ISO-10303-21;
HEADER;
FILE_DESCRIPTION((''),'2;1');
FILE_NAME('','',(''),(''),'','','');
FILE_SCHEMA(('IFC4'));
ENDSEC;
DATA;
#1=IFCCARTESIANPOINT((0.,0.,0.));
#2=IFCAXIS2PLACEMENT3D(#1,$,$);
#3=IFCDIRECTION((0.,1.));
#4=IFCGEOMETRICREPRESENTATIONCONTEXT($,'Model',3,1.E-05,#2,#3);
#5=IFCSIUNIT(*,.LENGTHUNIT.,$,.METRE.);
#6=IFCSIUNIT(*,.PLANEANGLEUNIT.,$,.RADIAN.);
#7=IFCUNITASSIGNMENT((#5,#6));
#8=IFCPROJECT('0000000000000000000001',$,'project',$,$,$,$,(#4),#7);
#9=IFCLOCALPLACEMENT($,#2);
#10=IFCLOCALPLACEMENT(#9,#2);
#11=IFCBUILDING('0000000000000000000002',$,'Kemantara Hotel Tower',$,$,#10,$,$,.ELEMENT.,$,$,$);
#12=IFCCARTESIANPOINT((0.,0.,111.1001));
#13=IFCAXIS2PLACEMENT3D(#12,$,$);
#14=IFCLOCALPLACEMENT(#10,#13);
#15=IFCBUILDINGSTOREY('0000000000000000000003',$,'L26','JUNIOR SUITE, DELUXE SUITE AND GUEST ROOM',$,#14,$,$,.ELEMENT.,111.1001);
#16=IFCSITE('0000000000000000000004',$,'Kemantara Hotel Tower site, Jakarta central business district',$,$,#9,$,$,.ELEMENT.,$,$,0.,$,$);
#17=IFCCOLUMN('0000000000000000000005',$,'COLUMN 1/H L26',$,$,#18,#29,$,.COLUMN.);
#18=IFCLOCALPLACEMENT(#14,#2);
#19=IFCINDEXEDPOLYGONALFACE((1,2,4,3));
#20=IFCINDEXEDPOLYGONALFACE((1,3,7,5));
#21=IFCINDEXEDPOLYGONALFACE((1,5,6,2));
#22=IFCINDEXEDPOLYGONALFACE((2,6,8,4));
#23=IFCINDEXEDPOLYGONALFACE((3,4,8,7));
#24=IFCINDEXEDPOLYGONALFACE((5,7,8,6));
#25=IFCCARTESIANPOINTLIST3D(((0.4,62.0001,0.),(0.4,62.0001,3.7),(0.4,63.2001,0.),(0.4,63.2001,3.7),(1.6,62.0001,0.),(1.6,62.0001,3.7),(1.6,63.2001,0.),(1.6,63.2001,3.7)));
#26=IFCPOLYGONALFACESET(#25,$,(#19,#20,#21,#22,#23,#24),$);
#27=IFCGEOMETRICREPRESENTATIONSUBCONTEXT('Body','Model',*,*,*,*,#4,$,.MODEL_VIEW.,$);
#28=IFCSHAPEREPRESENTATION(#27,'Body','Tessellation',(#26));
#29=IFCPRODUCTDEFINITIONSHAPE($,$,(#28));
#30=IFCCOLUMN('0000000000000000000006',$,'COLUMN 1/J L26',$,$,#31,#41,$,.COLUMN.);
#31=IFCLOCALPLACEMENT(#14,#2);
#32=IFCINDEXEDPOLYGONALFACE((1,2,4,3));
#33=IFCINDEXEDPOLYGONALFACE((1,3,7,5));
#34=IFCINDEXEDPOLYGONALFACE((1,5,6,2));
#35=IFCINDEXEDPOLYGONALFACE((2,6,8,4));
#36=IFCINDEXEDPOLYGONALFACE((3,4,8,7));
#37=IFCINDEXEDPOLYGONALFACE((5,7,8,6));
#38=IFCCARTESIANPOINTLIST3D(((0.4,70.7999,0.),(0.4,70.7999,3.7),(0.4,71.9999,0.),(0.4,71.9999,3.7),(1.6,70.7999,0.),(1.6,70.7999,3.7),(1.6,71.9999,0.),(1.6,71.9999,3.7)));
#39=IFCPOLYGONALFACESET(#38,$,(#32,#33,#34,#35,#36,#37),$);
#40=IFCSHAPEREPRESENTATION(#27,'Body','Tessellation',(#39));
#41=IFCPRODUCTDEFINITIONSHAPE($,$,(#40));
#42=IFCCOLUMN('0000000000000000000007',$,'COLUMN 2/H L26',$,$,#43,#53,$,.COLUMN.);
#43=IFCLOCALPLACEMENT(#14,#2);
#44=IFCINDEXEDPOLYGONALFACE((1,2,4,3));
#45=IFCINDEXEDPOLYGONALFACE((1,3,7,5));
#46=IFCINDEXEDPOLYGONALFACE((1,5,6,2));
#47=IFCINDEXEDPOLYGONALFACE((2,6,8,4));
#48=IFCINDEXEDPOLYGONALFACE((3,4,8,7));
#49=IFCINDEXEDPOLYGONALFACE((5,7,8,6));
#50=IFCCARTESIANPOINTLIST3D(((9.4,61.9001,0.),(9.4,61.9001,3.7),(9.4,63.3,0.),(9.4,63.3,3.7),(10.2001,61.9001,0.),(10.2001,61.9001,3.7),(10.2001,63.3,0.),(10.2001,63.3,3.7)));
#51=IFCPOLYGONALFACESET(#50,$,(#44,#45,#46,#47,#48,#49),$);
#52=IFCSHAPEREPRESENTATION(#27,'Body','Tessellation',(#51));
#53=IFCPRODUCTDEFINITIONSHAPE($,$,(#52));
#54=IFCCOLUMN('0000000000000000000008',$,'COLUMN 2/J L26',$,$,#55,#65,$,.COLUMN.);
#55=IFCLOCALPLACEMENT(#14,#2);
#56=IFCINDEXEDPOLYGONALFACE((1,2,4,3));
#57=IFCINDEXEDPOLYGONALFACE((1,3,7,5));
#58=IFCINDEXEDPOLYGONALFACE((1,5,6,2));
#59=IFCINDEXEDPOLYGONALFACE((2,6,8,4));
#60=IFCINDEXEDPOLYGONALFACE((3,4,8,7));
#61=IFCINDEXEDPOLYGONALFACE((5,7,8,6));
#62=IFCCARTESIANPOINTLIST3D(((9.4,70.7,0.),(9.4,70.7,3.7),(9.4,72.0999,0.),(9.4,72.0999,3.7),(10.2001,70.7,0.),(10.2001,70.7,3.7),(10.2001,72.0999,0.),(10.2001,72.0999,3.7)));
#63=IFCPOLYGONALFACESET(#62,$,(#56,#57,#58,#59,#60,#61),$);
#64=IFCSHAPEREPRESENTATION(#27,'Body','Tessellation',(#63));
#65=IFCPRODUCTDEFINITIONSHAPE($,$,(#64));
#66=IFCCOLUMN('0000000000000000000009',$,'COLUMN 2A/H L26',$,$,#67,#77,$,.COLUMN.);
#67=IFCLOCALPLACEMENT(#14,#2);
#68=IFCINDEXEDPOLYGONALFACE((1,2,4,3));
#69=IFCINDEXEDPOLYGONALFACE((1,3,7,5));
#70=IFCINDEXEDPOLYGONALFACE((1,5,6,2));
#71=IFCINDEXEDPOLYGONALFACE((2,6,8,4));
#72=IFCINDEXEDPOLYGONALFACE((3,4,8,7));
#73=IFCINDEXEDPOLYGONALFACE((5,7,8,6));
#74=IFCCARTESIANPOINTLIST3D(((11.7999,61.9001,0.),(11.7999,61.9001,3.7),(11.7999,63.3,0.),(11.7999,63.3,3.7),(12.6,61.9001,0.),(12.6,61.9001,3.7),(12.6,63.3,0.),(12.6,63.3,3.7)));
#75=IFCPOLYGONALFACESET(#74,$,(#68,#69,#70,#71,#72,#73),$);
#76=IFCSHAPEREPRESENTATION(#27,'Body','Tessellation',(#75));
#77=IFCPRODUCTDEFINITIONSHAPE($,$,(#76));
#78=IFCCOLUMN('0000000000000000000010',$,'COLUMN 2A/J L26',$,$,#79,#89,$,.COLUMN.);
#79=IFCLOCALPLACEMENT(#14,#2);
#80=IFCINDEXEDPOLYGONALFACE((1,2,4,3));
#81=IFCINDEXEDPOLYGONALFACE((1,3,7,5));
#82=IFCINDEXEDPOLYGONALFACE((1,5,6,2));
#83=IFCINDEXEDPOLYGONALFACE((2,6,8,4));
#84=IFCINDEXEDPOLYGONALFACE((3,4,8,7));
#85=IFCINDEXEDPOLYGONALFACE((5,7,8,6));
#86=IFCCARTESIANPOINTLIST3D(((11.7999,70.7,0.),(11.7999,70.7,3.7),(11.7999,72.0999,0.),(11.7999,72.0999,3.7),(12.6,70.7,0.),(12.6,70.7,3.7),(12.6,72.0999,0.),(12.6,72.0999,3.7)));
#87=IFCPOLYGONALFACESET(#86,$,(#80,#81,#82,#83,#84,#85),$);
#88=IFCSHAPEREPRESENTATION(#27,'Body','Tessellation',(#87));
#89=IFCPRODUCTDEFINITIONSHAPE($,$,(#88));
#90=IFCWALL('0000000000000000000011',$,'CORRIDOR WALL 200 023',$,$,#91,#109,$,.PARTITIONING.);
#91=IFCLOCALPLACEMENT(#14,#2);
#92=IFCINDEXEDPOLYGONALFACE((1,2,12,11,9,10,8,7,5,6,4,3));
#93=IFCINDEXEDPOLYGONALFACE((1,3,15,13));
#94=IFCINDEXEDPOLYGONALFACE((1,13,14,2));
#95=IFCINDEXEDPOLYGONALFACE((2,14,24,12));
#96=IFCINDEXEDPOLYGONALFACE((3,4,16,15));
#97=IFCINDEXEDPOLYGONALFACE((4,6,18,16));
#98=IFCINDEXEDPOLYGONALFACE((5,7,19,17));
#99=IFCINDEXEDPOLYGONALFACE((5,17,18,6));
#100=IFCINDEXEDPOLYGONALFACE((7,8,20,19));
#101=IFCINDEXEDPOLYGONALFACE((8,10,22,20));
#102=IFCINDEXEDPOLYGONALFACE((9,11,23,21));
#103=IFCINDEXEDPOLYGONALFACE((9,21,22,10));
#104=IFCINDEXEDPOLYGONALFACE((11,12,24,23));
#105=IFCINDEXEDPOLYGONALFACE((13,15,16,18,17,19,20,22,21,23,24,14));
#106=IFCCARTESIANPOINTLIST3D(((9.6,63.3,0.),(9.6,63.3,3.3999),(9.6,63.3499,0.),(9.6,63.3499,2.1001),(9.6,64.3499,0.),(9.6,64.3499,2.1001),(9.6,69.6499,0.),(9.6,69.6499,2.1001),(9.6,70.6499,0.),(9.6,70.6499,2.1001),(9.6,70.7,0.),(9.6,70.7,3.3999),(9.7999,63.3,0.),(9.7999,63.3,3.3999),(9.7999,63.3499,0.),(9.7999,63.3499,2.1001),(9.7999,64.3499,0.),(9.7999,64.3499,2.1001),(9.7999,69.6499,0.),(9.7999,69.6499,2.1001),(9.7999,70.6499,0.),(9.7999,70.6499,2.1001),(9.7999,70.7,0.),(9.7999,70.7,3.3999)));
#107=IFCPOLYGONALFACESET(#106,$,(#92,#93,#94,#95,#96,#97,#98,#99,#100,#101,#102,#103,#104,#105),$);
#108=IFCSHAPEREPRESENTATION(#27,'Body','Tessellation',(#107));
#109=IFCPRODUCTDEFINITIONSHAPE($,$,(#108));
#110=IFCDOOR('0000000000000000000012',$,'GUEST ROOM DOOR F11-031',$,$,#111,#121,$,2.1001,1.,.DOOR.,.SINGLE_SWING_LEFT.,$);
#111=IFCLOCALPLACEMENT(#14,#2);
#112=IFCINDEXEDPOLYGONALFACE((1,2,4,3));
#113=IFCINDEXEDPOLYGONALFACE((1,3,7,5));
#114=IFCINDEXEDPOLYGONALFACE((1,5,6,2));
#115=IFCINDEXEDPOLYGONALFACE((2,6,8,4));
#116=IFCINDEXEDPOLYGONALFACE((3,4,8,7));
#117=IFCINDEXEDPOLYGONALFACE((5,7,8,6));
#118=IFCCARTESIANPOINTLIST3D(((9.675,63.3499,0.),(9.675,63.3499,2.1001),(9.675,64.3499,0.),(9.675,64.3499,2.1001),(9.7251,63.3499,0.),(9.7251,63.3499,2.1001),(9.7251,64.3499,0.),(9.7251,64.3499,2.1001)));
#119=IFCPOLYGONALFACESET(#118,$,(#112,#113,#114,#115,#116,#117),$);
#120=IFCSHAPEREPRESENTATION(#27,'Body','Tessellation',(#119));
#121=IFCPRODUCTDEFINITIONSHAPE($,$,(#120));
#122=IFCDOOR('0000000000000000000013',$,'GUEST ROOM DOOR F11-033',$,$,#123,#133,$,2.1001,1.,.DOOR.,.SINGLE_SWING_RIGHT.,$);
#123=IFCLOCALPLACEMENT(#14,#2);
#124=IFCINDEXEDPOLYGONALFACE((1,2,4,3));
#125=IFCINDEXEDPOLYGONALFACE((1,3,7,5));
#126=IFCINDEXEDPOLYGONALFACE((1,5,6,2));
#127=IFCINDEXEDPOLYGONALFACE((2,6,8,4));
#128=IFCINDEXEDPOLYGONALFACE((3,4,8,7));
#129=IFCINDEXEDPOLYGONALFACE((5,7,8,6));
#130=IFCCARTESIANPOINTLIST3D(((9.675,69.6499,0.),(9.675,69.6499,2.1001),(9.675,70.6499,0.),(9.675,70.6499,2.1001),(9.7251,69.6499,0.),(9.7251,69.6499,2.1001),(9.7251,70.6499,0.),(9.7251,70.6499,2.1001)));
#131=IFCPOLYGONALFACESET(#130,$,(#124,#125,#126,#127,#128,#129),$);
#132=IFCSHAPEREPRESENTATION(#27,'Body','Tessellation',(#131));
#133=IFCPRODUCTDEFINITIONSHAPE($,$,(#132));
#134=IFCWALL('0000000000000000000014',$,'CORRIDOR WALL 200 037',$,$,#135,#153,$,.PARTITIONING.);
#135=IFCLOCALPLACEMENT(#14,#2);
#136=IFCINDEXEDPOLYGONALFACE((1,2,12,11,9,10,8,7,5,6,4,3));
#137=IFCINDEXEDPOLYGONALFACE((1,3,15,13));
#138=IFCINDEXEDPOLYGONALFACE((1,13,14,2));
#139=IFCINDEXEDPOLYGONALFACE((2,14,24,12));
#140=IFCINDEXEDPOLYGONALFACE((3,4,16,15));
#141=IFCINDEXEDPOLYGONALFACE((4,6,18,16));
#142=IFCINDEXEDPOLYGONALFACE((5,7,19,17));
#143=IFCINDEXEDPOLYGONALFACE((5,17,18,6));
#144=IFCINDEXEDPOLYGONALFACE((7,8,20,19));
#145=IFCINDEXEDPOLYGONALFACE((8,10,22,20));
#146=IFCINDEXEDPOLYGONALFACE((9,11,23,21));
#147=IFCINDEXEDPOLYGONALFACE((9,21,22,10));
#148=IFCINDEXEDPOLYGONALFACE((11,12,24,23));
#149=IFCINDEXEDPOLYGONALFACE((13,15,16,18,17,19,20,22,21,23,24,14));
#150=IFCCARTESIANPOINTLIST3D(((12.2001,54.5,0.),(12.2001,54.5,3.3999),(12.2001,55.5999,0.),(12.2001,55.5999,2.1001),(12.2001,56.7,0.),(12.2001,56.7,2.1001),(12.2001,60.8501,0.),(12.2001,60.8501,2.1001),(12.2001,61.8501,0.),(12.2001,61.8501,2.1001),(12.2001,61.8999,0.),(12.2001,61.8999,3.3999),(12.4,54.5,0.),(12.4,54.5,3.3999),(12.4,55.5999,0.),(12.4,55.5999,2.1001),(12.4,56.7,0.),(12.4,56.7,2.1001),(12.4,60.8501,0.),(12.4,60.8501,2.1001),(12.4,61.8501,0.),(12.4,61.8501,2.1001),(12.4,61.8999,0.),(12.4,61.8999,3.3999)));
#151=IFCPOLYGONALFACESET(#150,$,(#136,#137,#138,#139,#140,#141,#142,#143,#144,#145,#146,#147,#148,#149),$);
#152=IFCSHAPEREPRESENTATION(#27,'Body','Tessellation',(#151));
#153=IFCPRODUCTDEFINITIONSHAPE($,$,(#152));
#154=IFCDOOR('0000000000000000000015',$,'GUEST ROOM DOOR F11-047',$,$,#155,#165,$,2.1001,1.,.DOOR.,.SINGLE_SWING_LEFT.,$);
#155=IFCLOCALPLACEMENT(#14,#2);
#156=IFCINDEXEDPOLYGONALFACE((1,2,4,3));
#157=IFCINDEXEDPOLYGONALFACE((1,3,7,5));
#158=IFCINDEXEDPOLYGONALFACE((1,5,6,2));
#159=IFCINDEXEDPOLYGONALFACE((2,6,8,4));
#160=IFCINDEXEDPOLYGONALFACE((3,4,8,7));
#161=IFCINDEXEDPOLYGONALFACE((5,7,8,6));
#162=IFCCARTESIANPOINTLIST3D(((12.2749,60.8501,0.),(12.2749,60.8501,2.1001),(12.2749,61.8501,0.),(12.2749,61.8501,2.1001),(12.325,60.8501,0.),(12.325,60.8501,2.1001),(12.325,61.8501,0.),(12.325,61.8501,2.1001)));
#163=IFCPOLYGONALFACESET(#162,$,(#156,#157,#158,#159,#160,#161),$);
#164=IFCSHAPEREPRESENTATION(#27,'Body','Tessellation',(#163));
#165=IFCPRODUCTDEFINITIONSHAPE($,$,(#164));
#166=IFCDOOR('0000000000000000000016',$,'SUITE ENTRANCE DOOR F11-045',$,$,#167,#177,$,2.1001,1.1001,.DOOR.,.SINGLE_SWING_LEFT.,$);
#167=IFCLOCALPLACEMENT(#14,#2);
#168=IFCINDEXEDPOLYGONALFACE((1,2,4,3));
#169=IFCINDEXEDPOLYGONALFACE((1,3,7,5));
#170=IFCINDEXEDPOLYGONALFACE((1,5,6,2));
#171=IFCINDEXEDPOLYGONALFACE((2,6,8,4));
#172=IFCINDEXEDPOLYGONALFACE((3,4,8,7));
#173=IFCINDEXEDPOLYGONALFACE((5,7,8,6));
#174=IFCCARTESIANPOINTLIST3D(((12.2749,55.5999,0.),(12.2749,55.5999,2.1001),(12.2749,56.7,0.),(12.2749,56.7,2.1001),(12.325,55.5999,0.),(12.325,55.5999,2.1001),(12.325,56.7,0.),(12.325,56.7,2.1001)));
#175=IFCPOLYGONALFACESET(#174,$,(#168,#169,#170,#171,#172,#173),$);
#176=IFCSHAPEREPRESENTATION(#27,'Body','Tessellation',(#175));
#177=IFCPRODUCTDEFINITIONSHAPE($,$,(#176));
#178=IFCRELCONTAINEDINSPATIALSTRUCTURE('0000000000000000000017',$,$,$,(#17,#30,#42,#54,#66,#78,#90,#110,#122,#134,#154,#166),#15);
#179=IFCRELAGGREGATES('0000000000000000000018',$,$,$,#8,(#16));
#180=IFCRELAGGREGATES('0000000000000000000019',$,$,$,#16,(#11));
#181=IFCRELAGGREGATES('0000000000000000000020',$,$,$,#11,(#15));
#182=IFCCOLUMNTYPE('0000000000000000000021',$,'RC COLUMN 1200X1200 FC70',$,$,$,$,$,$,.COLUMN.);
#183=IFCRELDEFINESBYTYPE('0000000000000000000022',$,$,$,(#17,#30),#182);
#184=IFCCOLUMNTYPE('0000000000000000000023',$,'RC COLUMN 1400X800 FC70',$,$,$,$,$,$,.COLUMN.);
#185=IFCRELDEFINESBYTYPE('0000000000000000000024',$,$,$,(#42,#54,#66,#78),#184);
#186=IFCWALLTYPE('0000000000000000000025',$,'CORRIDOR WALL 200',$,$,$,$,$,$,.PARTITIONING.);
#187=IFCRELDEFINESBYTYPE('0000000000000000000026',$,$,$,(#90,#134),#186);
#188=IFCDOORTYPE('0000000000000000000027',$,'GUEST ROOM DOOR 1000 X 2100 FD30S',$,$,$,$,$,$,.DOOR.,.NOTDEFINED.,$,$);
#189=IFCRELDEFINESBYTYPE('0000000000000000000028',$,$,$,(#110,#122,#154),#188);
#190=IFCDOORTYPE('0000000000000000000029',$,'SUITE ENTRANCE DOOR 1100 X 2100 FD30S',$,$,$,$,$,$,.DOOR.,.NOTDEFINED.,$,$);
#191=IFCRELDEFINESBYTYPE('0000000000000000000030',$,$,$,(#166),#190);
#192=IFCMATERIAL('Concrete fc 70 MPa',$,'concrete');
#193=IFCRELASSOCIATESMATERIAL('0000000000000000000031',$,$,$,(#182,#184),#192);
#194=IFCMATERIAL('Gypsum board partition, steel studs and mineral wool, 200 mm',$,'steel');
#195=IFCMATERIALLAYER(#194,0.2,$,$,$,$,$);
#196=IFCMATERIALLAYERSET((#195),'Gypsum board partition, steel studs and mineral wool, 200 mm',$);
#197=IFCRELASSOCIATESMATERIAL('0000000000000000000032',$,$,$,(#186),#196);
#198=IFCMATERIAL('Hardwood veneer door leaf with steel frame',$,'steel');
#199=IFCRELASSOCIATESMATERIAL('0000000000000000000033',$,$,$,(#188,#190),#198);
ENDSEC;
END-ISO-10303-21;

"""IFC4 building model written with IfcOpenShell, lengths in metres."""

from ifc_helpers import new_model, si_unit, direction, frame, frame_2d, origin, origin_2d, place, context, subcontext, project, spatial, rectangle, extrude, material, layer, layer_set, material_profile, profile_set, type_object, element, fill, save


model = new_model("IFC4")

# Units and contexts
model_context = context("Model", 3, precision=1e-05, world=origin(), true_north=direction((0.0, 1.0)))
body_context = subcontext(model_context, "Body", "Model", "MODEL_VIEW")
ifc_project = project(units=[si_unit("LENGTHUNIT", "METRE"), si_unit("PLANEANGLEUNIT", "RADIAN")], contexts=[model_context])

# Site, building, storey
site_placement = place(None, origin())
site = spatial("IfcSite", under=ifc_project, at=site_placement, Name="Kemantara Hotel Tower site, Jakarta central business district", CompositionType="ELEMENT", RefElevation=0.0)
building_placement = place(site_placement, origin())
building = spatial("IfcBuilding", under=site, at=building_placement, Name="Kemantara Hotel Tower", CompositionType="ELEMENT")
storey_placement = place(building_placement, frame((0.0, 0.0, 111.1001)))
storey = spatial("IfcBuildingStorey", under=building, at=storey_placement, Name="L26", Description="JUNIOR SUITE, DELUXE SUITE AND GUEST ROOM", CompositionType="ELEMENT", Elevation=111.1001)

# Columns
ifc_material_1 = material(Name="Concrete fc 70 MPa", Category="concrete")
ifc_material_profile_1 = material_profile(ifc_material_1, rectangle(XDim=1.2, YDim=1.2, at=origin_2d()), Name="RC 1200X1200")
ifc_profile_set_1 = profile_set([ifc_material_profile_1], Name="Concrete fc 70 MPa")
column_type_1 = type_object("IfcColumnType", Name="RC COLUMN 1200X1200 FC70", PredefinedType="COLUMN", material=ifc_profile_set_1)
for number, where, z_axis, x_axis, name in (
    (1, (1.0, 62.6001, 0.0), (0.0, 0.0, 1.0), (1.0, 0.0, 0.0), "COLUMN 1/H L26"),
    (2, (1.0, 71.3999, 0.0), (0.0, 0.0, 1.0), (1.0, 0.0, 0.0), "COLUMN 1/J L26"),
):
    element("IfcColumn", number, at=place(storey_placement, frame(where, z_axis=z_axis, x_axis=x_axis)), inside=storey, type_object=column_type_1, Name=name, PredefinedType="COLUMN", context=body_context, shape_type="SweptSolid", body=[
        extrude(rectangle(XDim=1.2, YDim=1.2, at=origin_2d()), origin(), (0.0, 0.0, 1.0), 3.7),
    ])
ifc_material_profile_2 = material_profile(ifc_material_1, rectangle(XDim=1.3999, YDim=0.8, at=origin_2d()), Name="RC 1400X800")
ifc_profile_set_2 = profile_set([ifc_material_profile_2], Name="Concrete fc 70 MPa")
column_type_2 = type_object("IfcColumnType", Name="RC COLUMN 1400X800 FC70", PredefinedType="COLUMN", material=ifc_profile_set_2)
for number, where, z_axis, x_axis, name in (
    (3, (9.8, 62.6001, 0.0), (0.0, 0.0, 1.0), (0.0, 1.0, 0.0), "COLUMN 2/H L26"),
    (4, (9.8, 71.3999, 0.0), (0.0, 0.0, 1.0), (0.0, 1.0, 0.0), "COLUMN 2/J L26"),
    (5, (12.2, 62.6001, 0.0), (0.0, 0.0, 1.0), (0.0, 1.0, 0.0), "COLUMN 2A/H L26"),
    (6, (12.2, 71.3999, 0.0), (0.0, 0.0, 1.0), (0.0, 1.0, 0.0), "COLUMN 2A/J L26"),
):
    element("IfcColumn", number, at=place(storey_placement, frame(where, z_axis=z_axis, x_axis=x_axis)), inside=storey, type_object=column_type_2, Name=name, PredefinedType="COLUMN", context=body_context, shape_type="SweptSolid", body=[
        extrude(rectangle(XDim=1.3999, YDim=0.8, at=origin_2d()), origin(), (0.0, 0.0, 1.0), 3.7),
    ])

# Walls, openings, doors
ifc_material_2 = material(Name="Gypsum board partition, steel studs and mineral wool, 200 mm", Category="steel")
ifc_layer_1 = layer(ifc_material_2, 0.2)
ifc_layer_set_1 = layer_set([ifc_layer_1], Name="Gypsum board partition, steel studs and mineral wool, 200 mm")
wall_type_1 = type_object("IfcWallType", Name="CORRIDOR WALL 200", PredefinedType="PARTITIONING", material=ifc_layer_set_1)
wall_1_placement = place(storey_placement, frame((9.7, 63.3, 0.0), z_axis=(0.0, 0.0, 1.0), x_axis=(0.0, 1.0, 0.0)))
wall_1 = element("IfcWall", 7, at=wall_1_placement, inside=storey, type_object=wall_type_1, Name="CORRIDOR WALL 200 023", PredefinedType="PARTITIONING", context=body_context, shape_type="SweptSolid", body=[
    extrude(rectangle(XDim=7.3999, YDim=0.2, at=frame_2d((3.7, 0.0))), origin(), (0.0, 0.0, 1.0), 3.3999),
])
opening_1_placement = place(wall_1_placement, frame((0.0498, 0.0, 0.0)))
opening_1 = element("IfcOpeningElement", 8, at=opening_1_placement, cuts=wall_1, PredefinedType="OPENING", context=body_context, shape_type="SweptSolid", body=[
    extrude(rectangle(XDim=1.0, YDim=2.1001, at=frame_2d((0.5, 1.05))), frame((0.0, 0.1099, 0.0), z_axis=(0.0, -1.0, 0.0), x_axis=(1.0, 0.0, 0.0)), (0.0, 0.0, 1.0), 0.22),
])
opening_2_placement = place(wall_1_placement, frame((6.3499, 0.0, 0.0)))
opening_2 = element("IfcOpeningElement", 9, at=opening_2_placement, cuts=wall_1, PredefinedType="OPENING", context=body_context, shape_type="SweptSolid", body=[
    extrude(rectangle(XDim=1.0, YDim=2.1001, at=frame_2d((0.5, 1.05))), frame((0.0, 0.1099, 0.0), z_axis=(0.0, -1.0, 0.0), x_axis=(1.0, 0.0, 0.0)), (0.0, 0.0, 1.0), 0.22),
])
ifc_material_3 = material(Name="Hardwood veneer door leaf with steel frame", Category="steel")
door_type_1 = type_object("IfcDoorType", Name="GUEST ROOM DOOR 1000 X 2100 FD30S", OperationType="NOTDEFINED", PredefinedType="DOOR", material=ifc_material_3)
door_1_placement = place(opening_1_placement, origin())
door_1 = element("IfcDoor", 10, at=door_1_placement, inside=storey, type_object=door_type_1, Name="GUEST ROOM DOOR F11-031", OperationType="SINGLE_SWING_LEFT", OverallHeight=2.1001, OverallWidth=1.0, PredefinedType="DOOR", context=body_context, shape_type="SweptSolid", body=[
    extrude(rectangle(XDim=1.0, YDim=2.1001, at=frame_2d((0.5, 1.05))), frame((0.0, 0.0249, 0.0), z_axis=(0.0, -1.0, 0.0), x_axis=(1.0, 0.0, 0.0)), (0.0, 0.0, 1.0), 0.05),
])
fill(opening_1, door_1)
door_2_placement = place(opening_2_placement, origin())
door_2 = element("IfcDoor", 11, at=door_2_placement, inside=storey, type_object=door_type_1, Name="GUEST ROOM DOOR F11-033", OperationType="SINGLE_SWING_RIGHT", OverallHeight=2.1001, OverallWidth=1.0, PredefinedType="DOOR", context=body_context, shape_type="SweptSolid", body=[
    extrude(rectangle(XDim=1.0, YDim=2.1001, at=frame_2d((0.5, 1.05))), frame((0.0, 0.0249, 0.0), z_axis=(0.0, -1.0, 0.0), x_axis=(1.0, 0.0, 0.0)), (0.0, 0.0, 1.0), 0.05),
])
fill(opening_2, door_2)
wall_2_placement = place(storey_placement, frame((12.3, 61.8999, 0.0), z_axis=(0.0, 0.0, 1.0), x_axis=(0.0, -1.0, 0.0)))
wall_2 = element("IfcWall", 12, at=wall_2_placement, inside=storey, type_object=wall_type_1, Name="CORRIDOR WALL 200 037", PredefinedType="PARTITIONING", context=body_context, shape_type="SweptSolid", body=[
    extrude(rectangle(XDim=7.3999, YDim=0.2, at=frame_2d((3.7, 0.0))), origin(), (0.0, 0.0, 1.0), 3.3999),
])
opening_3_placement = place(wall_2_placement, frame((5.2, 0.0, 0.0)))
opening_3 = element("IfcOpeningElement", 13, at=opening_3_placement, cuts=wall_2, PredefinedType="OPENING", context=body_context, shape_type="SweptSolid", body=[
    extrude(rectangle(XDim=1.1001, YDim=2.1001, at=frame_2d((0.55, 1.05))), frame((0.0, 0.1099, 0.0), z_axis=(0.0, -1.0, 0.0), x_axis=(1.0, 0.0, 0.0)), (0.0, 0.0, 1.0), 0.22),
])
opening_4_placement = place(wall_2_placement, frame((0.0498, 0.0, 0.0)))
opening_4 = element("IfcOpeningElement", 14, at=opening_4_placement, cuts=wall_2, PredefinedType="OPENING", context=body_context, shape_type="SweptSolid", body=[
    extrude(rectangle(XDim=1.0, YDim=2.1001, at=frame_2d((0.5, 1.05))), frame((0.0, 0.1099, 0.0), z_axis=(0.0, -1.0, 0.0), x_axis=(1.0, 0.0, 0.0)), (0.0, 0.0, 1.0), 0.22),
])
door_3_placement = place(opening_4_placement, origin())
door_3 = element("IfcDoor", 15, at=door_3_placement, inside=storey, type_object=door_type_1, Name="GUEST ROOM DOOR F11-047", OperationType="SINGLE_SWING_LEFT", OverallHeight=2.1001, OverallWidth=1.0, PredefinedType="DOOR", context=body_context, shape_type="SweptSolid", body=[
    extrude(rectangle(XDim=1.0, YDim=2.1001, at=frame_2d((0.5, 1.05))), frame((0.0, 0.0249, 0.0), z_axis=(0.0, -1.0, 0.0), x_axis=(1.0, 0.0, 0.0)), (0.0, 0.0, 1.0), 0.05),
])
fill(opening_4, door_3)
door_type_2 = type_object("IfcDoorType", Name="SUITE ENTRANCE DOOR 1100 X 2100 FD30S", OperationType="NOTDEFINED", PredefinedType="DOOR", material=ifc_material_3)
door_4_placement = place(opening_3_placement, origin())
door_4 = element("IfcDoor", 16, at=door_4_placement, inside=storey, type_object=door_type_2, Name="SUITE ENTRANCE DOOR F11-045", OperationType="SINGLE_SWING_LEFT", OverallHeight=2.1001, OverallWidth=1.1001, PredefinedType="DOOR", context=body_context, shape_type="SweptSolid", body=[
    extrude(rectangle(XDim=1.1001, YDim=2.1001, at=frame_2d((0.55, 1.05))), frame((0.0, 0.0249, 0.0), z_axis=(0.0, -1.0, 0.0), x_axis=(1.0, 0.0, 0.0)), (0.0, 0.0, 1.0), 0.05),
])
fill(opening_3, door_4)

save(model, "model.ifc")
